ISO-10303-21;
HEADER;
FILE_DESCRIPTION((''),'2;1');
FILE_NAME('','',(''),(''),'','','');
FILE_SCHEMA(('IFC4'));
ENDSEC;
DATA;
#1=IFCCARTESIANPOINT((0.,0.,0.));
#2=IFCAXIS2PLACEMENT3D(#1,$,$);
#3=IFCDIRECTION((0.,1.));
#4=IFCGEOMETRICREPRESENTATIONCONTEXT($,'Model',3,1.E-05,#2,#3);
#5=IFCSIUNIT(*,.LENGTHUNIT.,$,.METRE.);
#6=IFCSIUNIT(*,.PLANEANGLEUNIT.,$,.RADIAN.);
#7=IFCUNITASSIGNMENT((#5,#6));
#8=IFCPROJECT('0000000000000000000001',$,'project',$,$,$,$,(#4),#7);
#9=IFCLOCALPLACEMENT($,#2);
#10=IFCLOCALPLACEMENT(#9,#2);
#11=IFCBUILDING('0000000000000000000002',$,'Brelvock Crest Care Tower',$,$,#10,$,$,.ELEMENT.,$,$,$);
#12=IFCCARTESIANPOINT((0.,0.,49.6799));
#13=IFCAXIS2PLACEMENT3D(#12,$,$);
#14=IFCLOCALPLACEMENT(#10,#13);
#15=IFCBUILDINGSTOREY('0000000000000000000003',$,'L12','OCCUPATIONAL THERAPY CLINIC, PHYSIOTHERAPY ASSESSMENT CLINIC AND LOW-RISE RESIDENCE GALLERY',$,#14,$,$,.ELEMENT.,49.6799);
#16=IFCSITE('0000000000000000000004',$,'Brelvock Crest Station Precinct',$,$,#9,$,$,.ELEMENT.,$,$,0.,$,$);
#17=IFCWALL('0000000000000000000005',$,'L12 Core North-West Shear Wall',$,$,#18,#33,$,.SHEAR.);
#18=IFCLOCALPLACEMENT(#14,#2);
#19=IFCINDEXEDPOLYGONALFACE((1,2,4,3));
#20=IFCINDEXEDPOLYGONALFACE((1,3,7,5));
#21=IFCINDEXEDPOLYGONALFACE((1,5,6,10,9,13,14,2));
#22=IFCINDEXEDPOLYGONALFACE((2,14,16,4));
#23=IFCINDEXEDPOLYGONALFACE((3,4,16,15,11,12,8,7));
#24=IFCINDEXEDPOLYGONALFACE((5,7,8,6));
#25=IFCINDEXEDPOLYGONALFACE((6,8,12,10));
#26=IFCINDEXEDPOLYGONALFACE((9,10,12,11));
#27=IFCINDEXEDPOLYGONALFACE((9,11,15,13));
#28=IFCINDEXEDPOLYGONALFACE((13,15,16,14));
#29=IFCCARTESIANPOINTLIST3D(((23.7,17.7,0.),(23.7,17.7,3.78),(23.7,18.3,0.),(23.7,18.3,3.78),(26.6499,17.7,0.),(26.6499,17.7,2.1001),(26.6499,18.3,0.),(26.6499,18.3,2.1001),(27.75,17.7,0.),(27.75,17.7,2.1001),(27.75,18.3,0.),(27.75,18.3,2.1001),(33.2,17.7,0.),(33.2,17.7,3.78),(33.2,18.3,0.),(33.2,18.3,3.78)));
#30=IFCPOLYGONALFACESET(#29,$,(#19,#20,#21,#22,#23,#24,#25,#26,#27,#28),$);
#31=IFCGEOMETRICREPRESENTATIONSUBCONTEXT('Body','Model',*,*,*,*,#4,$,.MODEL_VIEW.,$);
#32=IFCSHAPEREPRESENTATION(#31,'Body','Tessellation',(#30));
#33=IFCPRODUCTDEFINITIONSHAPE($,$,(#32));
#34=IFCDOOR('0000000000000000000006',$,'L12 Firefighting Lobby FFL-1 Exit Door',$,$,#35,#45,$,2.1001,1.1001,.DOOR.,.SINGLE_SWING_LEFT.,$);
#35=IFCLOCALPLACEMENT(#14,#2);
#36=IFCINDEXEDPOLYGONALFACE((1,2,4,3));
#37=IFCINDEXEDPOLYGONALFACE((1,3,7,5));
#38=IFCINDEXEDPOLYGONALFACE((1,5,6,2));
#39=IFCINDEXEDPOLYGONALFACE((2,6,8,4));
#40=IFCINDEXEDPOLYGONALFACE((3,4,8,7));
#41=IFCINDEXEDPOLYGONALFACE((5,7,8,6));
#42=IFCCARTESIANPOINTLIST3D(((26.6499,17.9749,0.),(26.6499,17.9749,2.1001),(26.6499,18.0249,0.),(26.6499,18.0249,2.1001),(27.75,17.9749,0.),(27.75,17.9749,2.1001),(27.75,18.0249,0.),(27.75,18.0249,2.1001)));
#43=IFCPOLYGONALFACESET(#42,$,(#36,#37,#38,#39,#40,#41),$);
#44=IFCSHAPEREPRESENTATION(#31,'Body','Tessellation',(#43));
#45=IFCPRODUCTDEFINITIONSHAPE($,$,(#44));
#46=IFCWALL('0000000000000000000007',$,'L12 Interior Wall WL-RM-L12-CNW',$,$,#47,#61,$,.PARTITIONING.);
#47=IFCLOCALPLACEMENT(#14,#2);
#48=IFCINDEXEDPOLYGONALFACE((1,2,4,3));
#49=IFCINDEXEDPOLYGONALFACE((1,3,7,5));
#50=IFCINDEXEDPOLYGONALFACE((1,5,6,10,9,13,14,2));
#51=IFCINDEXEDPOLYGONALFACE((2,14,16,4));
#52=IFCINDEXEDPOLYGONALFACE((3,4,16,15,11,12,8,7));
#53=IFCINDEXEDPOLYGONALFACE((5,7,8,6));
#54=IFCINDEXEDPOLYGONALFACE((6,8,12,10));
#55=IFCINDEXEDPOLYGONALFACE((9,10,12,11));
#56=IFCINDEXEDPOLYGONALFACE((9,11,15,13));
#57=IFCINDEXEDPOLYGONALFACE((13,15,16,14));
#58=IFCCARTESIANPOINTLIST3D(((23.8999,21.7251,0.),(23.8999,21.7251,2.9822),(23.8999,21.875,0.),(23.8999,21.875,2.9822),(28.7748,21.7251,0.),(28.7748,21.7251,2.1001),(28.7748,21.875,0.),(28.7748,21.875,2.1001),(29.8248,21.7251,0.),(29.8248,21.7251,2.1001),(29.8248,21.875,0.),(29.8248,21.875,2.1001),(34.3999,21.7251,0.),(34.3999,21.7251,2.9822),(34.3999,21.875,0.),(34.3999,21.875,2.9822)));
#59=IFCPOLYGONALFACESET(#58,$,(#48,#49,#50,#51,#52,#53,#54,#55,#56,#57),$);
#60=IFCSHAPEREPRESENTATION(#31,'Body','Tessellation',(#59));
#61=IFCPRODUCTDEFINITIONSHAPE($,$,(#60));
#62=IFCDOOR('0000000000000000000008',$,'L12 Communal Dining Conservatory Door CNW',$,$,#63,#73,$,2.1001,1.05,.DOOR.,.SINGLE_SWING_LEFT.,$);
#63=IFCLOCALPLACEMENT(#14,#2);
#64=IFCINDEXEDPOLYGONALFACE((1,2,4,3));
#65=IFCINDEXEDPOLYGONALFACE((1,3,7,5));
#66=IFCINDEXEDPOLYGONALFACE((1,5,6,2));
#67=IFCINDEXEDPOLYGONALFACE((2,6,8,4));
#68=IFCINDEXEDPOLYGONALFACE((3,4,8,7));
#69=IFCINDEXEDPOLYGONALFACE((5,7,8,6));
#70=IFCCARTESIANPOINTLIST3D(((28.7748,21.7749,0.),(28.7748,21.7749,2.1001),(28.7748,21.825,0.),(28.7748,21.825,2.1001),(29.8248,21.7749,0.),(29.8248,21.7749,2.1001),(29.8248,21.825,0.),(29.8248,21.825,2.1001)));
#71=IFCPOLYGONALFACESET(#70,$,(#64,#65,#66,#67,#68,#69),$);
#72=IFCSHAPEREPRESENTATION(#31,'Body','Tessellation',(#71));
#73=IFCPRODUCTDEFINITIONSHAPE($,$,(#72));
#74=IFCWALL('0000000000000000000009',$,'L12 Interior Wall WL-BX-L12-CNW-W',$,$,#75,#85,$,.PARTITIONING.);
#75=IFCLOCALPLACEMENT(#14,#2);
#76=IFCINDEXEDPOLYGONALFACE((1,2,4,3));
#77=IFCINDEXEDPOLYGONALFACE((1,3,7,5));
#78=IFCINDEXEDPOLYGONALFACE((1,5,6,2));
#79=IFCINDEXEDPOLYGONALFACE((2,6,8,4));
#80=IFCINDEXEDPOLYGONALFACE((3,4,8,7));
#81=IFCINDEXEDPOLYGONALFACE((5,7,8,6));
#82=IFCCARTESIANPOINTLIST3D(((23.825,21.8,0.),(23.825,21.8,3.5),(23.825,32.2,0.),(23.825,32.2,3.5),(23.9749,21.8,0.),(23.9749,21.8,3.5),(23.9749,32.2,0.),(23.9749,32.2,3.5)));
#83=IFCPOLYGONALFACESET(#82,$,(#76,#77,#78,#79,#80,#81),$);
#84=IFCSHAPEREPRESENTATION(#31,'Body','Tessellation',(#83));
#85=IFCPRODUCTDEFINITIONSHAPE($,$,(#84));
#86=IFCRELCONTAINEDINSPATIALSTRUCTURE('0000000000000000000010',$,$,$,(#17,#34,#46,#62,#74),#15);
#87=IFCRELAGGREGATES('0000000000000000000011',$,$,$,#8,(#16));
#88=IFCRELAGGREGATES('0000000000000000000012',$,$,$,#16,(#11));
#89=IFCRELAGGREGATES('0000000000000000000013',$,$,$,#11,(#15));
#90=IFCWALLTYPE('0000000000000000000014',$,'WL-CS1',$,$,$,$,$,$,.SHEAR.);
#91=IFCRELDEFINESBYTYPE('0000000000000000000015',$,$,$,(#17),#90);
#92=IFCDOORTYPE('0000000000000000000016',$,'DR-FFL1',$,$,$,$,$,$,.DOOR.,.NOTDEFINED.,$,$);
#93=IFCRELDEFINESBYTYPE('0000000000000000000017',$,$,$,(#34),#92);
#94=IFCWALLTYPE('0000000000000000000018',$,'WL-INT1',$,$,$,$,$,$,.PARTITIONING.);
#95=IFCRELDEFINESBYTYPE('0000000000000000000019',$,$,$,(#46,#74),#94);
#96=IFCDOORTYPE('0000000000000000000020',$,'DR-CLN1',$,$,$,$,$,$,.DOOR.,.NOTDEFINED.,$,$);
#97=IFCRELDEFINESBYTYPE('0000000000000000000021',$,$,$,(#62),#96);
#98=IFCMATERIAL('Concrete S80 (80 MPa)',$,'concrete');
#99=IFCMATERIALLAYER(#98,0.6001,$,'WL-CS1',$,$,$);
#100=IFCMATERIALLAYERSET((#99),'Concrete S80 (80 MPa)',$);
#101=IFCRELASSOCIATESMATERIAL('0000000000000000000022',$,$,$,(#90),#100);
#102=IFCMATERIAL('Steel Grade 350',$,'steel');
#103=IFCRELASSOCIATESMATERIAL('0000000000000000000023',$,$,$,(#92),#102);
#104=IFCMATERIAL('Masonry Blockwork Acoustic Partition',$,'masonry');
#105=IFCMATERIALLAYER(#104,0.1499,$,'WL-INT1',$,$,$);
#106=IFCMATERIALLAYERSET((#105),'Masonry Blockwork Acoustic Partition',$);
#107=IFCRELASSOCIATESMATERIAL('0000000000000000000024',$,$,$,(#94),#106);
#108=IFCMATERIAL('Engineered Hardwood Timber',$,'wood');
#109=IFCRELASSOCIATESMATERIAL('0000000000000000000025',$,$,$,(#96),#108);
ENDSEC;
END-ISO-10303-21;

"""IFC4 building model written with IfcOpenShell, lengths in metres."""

from ifc_helpers import new_model, si_unit, direction, frame, frame_2d, origin, origin_2d, place, context, subcontext, project, spatial, rectangle, extrude, source, transform, mapped, material, layer, layer_set, type_object, element, fill, save


model = new_model("IFC4")

# Units and contexts
model_context = context("Model", 3, precision=1e-05, world=origin(), true_north=direction((0.0, 1.0)))
body_context = subcontext(model_context, "Body", "Model", "MODEL_VIEW")
ifc_project = project(units=[si_unit("LENGTHUNIT", "METRE"), si_unit("PLANEANGLEUNIT", "RADIAN")], contexts=[model_context])

# Site, building, storey
site_placement = place(None, origin())
site = spatial("IfcSite", under=ifc_project, at=site_placement, Name="Brelvock Crest Station Precinct", CompositionType="ELEMENT", RefElevation=0.0)
building_placement = place(site_placement, origin())
building = spatial("IfcBuilding", under=site, at=building_placement, Name="Brelvock Crest Care Tower", CompositionType="ELEMENT")
storey_placement = place(building_placement, frame((0.0, 0.0, 49.6799)))
storey = spatial("IfcBuildingStorey", under=building, at=storey_placement, Name="L12", Description="OCCUPATIONAL THERAPY CLINIC, PHYSIOTHERAPY ASSESSMENT CLINIC AND LOW-RISE RESIDENCE GALLERY", CompositionType="ELEMENT", Elevation=49.6799)

# Shared definitions
ifc_material_1 = material(Name="Concrete S80 (80 MPa)", Category="concrete")
ifc_material_2 = material(Name="Steel Grade 350", Category="steel")

# Walls, openings, doors
ifc_layer_1 = layer(ifc_material_1, 0.6001, Name="WL-CS1")
ifc_layer_set_1 = layer_set([ifc_layer_1], Name="Concrete S80 (80 MPa)")
wall_type_1 = type_object("IfcWallType", Name="WL-CS1", PredefinedType="SHEAR", material=ifc_layer_set_1)
wall_1_placement = place(storey_placement, frame((23.7, 18.0, 0.0), z_axis=(0.0, 0.0, 1.0), x_axis=(1.0, 0.0, 0.0)))
wall_1 = element("IfcWall", 1, at=wall_1_placement, inside=storey, type_object=wall_type_1, Name="L12 Core North-West Shear Wall", PredefinedType="SHEAR", context=body_context, shape_type="SweptSolid", body=[
    extrude(rectangle(XDim=9.5, YDim=0.6001, at=frame_2d((4.75, 0.0))), origin(), (0.0, 0.0, 1.0), 3.78),
])
opening_1_placement = place(wall_1_placement, frame((2.95, 0.0, 0.0)))
opening_1 = element("IfcOpeningElement", 2, at=opening_1_placement, cuts=wall_1, PredefinedType="OPENING", context=body_context, shape_type="SweptSolid", body=[
    extrude(rectangle(XDim=1.1001, YDim=2.1001, at=origin_2d()), frame((0.55, 0.3101, 1.05), z_axis=(0.0, -1.0, 0.0), x_axis=(1.0, 0.0, 0.0)), (0.0, 0.0, 1.0), 0.6201),
])
door_type_1 = type_object("IfcDoorType", Name="DR-FFL1", OperationType="NOTDEFINED", PredefinedType="DOOR", material=ifc_material_2)
shared_shape_1 = source(origin(), body_context, "Body", "SweptSolid", [
    extrude(rectangle(XDim=1.1001, YDim=2.1001, at=origin_2d()), frame((0.55, 0.0249, 1.05), z_axis=(0.0, -1.0, 0.0), x_axis=(1.0, 0.0, 0.0)), (0.0, 0.0, 1.0), 0.05),
])
door_1_placement = place(opening_1_placement, origin())
door_1 = element("IfcDoor", 3, at=door_1_placement, inside=storey, type_object=door_type_1, Name="L12 Firefighting Lobby FFL-1 Exit Door", OperationType="SINGLE_SWING_LEFT", OverallHeight=2.1001, OverallWidth=1.1001, PredefinedType="DOOR", context=body_context, shape_type="MappedRepresentation", body=[
    mapped(shared_shape_1, transform((0.0, 0.0, 0.0), x_axis=(1.0, 0.0, 0.0), y_axis=(0.0, 1.0, 0.0), z_axis=(0.0, 0.0, 1.0), scale=1.0)),
])
fill(opening_1, door_1)
ifc_material_3 = material(Name="Masonry Blockwork Acoustic Partition", Category="masonry")
ifc_layer_2 = layer(ifc_material_3, 0.1499, Name="WL-INT1")
ifc_layer_set_2 = layer_set([ifc_layer_2], Name="Masonry Blockwork Acoustic Partition")
wall_type_2 = type_object("IfcWallType", Name="WL-INT1", PredefinedType="PARTITIONING", material=ifc_layer_set_2)
wall_2_placement = place(storey_placement, frame((23.8999, 21.8, 0.0), z_axis=(0.0, 0.0, 1.0), x_axis=(1.0, 0.0, 0.0)))
wall_2 = element("IfcWall", 4, at=wall_2_placement, inside=storey, type_object=wall_type_2, Name="L12 Interior Wall WL-RM-L12-CNW", PredefinedType="PARTITIONING", context=body_context, shape_type="SweptSolid", body=[
    extrude(rectangle(XDim=10.5, YDim=0.1499, at=frame_2d((5.25, 0.0))), origin(), (0.0, 0.0, 1.0), 2.9822),
])
opening_2_placement = place(wall_2_placement, frame((4.875, 0.0, 0.0)))
opening_2 = element("IfcOpeningElement", 5, at=opening_2_placement, cuts=wall_2, PredefinedType="OPENING", context=body_context, shape_type="SweptSolid", body=[
    extrude(rectangle(XDim=1.05, YDim=2.1001, at=origin_2d()), frame((0.5249, 0.085, 1.05), z_axis=(0.0, -1.0, 0.0), x_axis=(1.0, 0.0, 0.0)), (0.0, 0.0, 1.0), 0.1699),
])
ifc_material_4 = material(Name="Engineered Hardwood Timber", Category="wood")
door_type_2 = type_object("IfcDoorType", Name="DR-CLN1", OperationType="NOTDEFINED", PredefinedType="DOOR", material=ifc_material_4)
shared_shape_2 = source(origin(), body_context, "Body", "SweptSolid", [
    extrude(rectangle(XDim=1.05, YDim=2.1001, at=origin_2d()), frame((0.5249, 0.0249, 1.05), z_axis=(0.0, -1.0, 0.0), x_axis=(1.0, 0.0, 0.0)), (0.0, 0.0, 1.0), 0.05),
])
door_2_placement = place(opening_2_placement, origin())
door_2 = element("IfcDoor", 6, at=door_2_placement, inside=storey, type_object=door_type_2, Name="L12 Communal Dining Conservatory Door CNW", OperationType="SINGLE_SWING_LEFT", OverallHeight=2.1001, OverallWidth=1.05, PredefinedType="DOOR", context=body_context, shape_type="MappedRepresentation", body=[
    mapped(shared_shape_2, transform((0.0, 0.0, 0.0), x_axis=(1.0, 0.0, 0.0), y_axis=(0.0, 1.0, 0.0), z_axis=(0.0, 0.0, 1.0), scale=1.0)),
])
fill(opening_2, door_2)

# Wall
wall_3_placement = place(storey_placement, frame((23.8999, 21.8, 0.0), z_axis=(0.0, 0.0, 1.0), x_axis=(0.0, 1.0, 0.0)))
element("IfcWall", 7, at=wall_3_placement, inside=storey, type_object=wall_type_2, Name="L12 Interior Wall WL-BX-L12-CNW-W", PredefinedType="PARTITIONING", context=body_context, shape_type="SweptSolid", body=[
    extrude(rectangle(XDim=10.3999, YDim=0.1499, at=frame_2d((5.2, 0.0))), origin(), (0.0, 0.0, 1.0), 3.5),
])

save(model, "model.ifc")
